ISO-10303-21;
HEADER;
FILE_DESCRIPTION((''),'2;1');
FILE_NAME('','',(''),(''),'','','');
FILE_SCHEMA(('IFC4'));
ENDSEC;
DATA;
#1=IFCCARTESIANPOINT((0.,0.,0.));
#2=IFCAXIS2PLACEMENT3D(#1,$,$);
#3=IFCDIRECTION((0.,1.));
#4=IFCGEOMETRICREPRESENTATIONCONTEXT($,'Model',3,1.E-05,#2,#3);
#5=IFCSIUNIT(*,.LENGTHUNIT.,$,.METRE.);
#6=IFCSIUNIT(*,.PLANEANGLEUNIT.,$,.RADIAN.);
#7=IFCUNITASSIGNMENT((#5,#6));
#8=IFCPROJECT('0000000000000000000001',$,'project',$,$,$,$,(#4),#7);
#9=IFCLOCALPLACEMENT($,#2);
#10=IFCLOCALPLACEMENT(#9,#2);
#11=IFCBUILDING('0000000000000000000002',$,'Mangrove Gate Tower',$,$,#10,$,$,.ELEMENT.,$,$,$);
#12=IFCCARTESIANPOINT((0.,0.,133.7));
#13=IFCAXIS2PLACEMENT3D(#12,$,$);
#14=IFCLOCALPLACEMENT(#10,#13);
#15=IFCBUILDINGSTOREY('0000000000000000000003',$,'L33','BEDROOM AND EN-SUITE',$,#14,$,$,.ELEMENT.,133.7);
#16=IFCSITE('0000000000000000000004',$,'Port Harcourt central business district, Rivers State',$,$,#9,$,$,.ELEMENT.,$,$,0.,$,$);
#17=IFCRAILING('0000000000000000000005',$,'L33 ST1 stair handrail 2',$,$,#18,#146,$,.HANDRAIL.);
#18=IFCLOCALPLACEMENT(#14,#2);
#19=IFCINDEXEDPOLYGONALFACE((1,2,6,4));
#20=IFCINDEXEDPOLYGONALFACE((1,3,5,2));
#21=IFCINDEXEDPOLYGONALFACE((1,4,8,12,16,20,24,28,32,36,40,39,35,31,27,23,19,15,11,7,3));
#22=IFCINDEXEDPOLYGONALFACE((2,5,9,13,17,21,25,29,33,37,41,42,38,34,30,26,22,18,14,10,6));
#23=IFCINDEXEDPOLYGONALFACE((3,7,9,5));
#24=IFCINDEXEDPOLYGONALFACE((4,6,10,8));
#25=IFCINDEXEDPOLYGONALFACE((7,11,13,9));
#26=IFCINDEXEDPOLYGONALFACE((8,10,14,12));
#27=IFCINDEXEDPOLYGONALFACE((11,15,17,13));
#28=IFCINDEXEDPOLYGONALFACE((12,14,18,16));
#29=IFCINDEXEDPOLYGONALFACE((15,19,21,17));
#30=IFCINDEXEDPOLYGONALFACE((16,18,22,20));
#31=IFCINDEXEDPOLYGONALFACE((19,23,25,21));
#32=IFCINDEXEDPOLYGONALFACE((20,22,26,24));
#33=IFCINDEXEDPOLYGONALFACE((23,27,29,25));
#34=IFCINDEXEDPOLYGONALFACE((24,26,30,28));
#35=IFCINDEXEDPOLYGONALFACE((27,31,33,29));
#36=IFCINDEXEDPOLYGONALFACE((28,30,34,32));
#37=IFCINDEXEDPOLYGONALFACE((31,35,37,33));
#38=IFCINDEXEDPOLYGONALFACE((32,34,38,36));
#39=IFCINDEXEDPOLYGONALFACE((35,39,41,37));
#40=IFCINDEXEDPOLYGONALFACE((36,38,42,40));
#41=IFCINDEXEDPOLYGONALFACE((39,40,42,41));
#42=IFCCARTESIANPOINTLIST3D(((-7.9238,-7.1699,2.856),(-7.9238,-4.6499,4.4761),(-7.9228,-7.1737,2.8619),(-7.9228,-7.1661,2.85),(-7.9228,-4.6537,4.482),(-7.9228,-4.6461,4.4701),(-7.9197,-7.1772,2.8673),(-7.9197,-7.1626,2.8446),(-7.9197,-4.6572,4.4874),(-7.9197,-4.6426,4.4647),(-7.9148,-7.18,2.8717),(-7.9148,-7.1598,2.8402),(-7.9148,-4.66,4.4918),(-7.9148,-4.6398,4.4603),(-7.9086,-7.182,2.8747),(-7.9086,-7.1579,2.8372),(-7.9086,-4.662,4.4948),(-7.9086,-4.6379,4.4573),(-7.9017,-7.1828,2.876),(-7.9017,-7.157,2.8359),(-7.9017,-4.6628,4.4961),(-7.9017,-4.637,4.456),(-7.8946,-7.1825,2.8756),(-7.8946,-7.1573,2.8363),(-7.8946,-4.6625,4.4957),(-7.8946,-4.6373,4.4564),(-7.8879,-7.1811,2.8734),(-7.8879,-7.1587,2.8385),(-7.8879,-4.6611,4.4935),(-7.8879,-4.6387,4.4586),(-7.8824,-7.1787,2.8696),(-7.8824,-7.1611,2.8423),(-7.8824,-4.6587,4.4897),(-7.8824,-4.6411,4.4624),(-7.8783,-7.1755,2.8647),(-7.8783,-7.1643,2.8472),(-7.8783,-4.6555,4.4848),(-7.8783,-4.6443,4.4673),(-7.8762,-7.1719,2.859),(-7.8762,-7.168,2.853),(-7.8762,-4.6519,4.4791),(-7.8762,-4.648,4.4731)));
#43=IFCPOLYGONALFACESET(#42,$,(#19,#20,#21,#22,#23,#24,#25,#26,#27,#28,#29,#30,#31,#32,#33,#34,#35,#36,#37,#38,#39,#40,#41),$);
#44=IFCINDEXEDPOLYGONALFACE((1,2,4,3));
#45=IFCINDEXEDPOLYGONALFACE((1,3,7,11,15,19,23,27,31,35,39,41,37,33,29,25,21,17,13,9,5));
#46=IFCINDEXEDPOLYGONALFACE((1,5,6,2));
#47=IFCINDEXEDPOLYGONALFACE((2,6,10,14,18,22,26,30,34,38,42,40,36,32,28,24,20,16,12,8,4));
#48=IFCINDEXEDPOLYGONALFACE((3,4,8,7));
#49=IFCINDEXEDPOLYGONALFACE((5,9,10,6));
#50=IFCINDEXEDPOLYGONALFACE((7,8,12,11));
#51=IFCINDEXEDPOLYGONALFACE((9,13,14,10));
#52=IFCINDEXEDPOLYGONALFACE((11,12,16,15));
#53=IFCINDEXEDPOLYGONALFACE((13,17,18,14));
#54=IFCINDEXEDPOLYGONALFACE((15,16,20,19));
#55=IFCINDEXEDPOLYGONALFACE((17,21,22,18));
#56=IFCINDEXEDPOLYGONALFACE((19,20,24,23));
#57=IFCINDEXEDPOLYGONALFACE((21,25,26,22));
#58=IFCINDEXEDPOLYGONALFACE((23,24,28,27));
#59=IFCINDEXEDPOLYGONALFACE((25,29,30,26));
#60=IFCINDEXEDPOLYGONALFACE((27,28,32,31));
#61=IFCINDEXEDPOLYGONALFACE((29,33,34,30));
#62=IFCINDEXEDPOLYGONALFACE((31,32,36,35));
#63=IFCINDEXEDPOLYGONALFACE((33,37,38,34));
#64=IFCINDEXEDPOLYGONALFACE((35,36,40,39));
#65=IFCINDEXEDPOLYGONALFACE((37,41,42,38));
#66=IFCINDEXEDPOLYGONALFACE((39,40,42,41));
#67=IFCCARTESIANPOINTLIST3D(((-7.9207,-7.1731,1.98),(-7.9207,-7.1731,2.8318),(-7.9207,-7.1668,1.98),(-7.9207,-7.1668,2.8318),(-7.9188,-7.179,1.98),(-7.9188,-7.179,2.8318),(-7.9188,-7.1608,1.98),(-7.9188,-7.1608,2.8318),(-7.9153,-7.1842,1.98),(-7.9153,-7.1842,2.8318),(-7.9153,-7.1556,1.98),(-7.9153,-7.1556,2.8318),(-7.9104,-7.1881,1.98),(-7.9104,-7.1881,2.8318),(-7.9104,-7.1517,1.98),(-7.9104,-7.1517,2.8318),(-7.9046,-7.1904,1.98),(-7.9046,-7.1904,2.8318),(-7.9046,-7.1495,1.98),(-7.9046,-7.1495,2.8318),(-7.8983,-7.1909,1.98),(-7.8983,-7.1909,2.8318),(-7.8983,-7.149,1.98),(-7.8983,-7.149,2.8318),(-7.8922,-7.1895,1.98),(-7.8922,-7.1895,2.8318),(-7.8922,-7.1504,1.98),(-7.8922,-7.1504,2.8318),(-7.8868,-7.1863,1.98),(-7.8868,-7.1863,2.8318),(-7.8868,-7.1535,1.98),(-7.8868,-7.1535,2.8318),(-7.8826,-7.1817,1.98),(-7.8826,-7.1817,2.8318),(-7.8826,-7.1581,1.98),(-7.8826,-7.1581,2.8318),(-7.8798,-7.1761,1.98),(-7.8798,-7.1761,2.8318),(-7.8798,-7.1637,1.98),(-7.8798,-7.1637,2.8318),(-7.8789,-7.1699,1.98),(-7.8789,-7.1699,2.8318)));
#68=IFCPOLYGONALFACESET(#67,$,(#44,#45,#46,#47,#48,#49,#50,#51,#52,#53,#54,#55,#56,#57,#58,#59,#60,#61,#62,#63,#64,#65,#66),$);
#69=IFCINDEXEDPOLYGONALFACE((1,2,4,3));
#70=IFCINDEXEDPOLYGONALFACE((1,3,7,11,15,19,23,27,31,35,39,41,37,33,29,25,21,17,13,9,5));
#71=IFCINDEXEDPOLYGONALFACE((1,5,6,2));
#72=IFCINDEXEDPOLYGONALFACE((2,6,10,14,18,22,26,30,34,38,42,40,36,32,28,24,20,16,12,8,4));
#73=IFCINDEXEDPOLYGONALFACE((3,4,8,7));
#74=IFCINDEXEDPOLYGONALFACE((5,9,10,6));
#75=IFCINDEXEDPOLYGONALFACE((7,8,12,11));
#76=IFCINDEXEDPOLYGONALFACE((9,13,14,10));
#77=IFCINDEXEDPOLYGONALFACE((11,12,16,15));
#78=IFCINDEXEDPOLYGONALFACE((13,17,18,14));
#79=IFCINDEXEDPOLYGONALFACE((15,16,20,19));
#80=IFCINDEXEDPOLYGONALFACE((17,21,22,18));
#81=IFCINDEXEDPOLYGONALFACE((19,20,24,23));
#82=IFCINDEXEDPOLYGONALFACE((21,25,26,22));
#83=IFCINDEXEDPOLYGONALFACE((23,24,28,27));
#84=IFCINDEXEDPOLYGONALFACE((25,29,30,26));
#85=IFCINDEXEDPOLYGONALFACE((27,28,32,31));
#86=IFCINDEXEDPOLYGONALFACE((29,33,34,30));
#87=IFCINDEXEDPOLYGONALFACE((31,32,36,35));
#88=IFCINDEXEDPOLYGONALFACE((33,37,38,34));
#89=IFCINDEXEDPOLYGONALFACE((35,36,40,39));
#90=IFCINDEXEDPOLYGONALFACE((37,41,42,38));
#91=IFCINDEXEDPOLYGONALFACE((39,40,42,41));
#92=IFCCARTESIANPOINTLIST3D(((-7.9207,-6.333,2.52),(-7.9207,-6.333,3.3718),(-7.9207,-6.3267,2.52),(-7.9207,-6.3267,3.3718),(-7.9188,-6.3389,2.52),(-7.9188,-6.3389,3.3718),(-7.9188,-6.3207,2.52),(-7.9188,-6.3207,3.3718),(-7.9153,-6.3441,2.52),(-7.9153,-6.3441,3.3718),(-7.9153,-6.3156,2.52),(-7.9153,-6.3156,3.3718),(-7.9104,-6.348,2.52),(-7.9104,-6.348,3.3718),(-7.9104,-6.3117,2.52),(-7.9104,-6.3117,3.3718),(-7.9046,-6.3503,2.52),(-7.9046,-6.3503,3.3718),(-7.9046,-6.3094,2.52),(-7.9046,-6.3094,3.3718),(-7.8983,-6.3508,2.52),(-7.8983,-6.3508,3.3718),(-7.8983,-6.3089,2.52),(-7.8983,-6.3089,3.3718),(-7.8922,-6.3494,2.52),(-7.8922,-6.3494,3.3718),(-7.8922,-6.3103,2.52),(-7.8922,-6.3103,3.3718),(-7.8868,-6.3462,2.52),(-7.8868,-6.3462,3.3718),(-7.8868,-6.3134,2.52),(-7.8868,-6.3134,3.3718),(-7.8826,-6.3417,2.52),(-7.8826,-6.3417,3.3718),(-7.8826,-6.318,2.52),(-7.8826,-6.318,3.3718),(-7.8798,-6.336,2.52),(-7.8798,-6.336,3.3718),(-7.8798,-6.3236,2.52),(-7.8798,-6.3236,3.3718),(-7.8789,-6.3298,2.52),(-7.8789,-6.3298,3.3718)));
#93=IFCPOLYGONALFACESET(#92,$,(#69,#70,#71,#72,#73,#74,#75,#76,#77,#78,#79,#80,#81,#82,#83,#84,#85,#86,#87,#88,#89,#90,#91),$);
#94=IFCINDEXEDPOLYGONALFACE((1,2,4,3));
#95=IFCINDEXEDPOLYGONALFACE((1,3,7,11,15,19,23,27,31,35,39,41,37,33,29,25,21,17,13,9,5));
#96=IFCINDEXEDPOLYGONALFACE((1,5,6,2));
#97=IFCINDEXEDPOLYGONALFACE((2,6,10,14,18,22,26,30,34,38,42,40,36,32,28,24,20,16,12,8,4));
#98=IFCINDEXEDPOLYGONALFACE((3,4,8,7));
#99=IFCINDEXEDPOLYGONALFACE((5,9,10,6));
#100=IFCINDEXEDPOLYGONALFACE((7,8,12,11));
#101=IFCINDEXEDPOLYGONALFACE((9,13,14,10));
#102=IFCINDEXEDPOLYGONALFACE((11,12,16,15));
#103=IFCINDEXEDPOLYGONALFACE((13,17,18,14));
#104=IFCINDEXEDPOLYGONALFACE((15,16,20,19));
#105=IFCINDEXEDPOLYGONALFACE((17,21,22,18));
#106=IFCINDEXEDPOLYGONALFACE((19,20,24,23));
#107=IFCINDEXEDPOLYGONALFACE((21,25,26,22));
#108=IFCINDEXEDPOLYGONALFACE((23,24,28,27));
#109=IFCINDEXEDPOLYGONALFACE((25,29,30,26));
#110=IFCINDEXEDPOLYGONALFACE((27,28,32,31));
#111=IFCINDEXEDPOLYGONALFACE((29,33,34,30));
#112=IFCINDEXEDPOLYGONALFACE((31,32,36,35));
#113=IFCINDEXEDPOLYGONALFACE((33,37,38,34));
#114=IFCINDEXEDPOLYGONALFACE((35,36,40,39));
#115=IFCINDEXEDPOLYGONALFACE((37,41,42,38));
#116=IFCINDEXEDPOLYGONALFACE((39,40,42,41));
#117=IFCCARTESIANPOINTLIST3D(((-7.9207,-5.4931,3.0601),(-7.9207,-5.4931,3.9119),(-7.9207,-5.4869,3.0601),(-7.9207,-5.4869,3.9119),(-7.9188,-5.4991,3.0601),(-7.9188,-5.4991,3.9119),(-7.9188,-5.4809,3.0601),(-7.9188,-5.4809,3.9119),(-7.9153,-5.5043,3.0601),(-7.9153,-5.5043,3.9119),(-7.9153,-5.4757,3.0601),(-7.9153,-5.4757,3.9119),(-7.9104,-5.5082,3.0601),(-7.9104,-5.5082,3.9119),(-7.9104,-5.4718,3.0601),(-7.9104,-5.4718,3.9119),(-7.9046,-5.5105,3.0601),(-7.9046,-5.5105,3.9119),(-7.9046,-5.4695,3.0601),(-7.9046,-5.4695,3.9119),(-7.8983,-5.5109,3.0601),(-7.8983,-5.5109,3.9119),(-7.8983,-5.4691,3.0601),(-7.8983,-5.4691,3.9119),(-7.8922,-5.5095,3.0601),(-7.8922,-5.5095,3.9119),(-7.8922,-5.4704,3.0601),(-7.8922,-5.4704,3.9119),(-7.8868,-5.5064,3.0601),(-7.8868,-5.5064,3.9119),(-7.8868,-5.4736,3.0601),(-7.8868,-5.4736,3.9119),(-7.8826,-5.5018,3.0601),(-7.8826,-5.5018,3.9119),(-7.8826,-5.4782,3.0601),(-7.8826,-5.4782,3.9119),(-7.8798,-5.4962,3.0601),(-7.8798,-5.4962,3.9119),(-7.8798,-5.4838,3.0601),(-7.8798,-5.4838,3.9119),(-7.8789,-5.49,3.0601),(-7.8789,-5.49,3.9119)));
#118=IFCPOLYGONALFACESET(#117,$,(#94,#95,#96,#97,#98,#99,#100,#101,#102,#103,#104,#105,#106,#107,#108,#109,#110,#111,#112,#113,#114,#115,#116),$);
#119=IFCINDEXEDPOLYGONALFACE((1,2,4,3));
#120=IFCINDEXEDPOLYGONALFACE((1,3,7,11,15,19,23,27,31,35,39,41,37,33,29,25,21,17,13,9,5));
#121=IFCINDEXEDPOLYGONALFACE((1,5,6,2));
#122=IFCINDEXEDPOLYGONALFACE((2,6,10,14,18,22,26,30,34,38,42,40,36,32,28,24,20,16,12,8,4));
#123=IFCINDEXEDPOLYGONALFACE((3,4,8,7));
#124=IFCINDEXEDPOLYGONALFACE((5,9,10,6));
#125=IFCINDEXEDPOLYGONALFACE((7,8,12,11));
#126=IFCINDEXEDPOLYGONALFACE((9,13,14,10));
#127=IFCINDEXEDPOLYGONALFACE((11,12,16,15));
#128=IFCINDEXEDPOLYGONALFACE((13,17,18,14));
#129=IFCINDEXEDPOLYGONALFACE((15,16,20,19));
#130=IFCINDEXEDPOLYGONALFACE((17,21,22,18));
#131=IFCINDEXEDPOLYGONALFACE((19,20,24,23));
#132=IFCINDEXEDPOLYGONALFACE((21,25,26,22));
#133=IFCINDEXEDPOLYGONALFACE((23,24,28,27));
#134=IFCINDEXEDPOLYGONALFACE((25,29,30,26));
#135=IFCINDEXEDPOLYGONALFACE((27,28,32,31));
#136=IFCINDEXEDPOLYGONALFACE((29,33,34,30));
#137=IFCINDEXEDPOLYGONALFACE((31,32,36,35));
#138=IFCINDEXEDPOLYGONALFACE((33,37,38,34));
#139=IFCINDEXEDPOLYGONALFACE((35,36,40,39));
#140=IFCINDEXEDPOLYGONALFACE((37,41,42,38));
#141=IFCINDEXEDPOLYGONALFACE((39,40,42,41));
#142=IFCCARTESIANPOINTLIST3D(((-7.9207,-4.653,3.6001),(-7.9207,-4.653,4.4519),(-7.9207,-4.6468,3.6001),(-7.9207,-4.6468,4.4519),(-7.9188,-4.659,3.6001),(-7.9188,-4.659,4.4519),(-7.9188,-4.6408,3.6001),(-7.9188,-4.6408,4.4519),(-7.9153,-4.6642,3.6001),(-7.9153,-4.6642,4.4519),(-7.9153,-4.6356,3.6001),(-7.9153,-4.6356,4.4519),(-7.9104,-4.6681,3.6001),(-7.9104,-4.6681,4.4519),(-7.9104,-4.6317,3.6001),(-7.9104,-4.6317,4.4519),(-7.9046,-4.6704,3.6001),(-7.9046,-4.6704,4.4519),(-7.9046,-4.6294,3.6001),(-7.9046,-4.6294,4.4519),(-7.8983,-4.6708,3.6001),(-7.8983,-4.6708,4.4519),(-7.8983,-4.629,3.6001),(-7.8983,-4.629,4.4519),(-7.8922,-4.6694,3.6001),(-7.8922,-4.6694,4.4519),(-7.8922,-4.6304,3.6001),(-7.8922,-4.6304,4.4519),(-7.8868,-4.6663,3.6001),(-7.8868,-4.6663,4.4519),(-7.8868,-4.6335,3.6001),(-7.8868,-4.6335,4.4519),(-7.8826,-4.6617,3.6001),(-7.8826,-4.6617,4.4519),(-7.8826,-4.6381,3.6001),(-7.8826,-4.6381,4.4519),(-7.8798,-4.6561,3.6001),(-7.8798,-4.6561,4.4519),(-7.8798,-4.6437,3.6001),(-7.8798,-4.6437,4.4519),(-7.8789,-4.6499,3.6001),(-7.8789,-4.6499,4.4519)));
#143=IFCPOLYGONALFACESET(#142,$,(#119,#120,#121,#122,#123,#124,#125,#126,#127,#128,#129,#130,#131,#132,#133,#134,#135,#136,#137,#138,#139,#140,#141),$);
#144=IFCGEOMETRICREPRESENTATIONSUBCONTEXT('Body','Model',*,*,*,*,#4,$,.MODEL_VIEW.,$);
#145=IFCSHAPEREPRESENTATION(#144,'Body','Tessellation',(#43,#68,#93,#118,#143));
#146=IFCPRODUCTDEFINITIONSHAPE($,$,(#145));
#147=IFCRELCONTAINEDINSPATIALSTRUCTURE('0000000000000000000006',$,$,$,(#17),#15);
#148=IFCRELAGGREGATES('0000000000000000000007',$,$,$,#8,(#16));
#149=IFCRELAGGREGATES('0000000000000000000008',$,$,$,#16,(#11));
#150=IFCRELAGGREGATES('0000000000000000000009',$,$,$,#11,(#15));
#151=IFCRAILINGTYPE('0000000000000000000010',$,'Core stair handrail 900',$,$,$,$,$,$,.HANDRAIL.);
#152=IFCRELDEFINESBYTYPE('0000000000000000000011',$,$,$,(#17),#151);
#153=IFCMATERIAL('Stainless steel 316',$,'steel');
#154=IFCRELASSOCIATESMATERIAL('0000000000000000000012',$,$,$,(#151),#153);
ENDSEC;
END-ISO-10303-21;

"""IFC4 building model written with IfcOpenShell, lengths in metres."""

from ifc_helpers import new_model, si_unit, direction, frame, origin, origin_2d, place, context, subcontext, project, spatial, circle, extrude, material, type_object, element, save


model = new_model("IFC4")

# Units and contexts
model_context = context("Model", 3, precision=1e-05, world=origin(), true_north=direction((0.0, 1.0)))
body_context = subcontext(model_context, "Body", "Model", "MODEL_VIEW")
ifc_project = project(units=[si_unit("LENGTHUNIT", "METRE"), si_unit("PLANEANGLEUNIT", "RADIAN")], contexts=[model_context])

# Site, building, storey
site_placement = place(None, origin())
site = spatial("IfcSite", under=ifc_project, at=site_placement, Name="Port Harcourt central business district, Rivers State", CompositionType="ELEMENT", RefElevation=0.0)
building_placement = place(site_placement, origin())
building = spatial("IfcBuilding", under=site, at=building_placement, Name="Mangrove Gate Tower", CompositionType="ELEMENT")
storey_placement = place(building_placement, frame((0.0, 0.0, 133.7)))
storey = spatial("IfcBuildingStorey", under=building, at=storey_placement, Name="L33", Description="BEDROOM AND EN-SUITE", CompositionType="ELEMENT", Elevation=133.7)

# Railing
ifc_material_1 = material(Name="Stainless steel 316", Category="steel")
railing_type_1 = type_object("IfcRailingType", Name="Core stair handrail 900", PredefinedType="HANDRAIL", material=ifc_material_1)
railing_1_placement = place(storey_placement, frame((-7.8999, -7.1699, 1.98)))
element("IfcRailing", 1, at=railing_1_placement, inside=storey, type_object=railing_type_1, Name="L33 ST1 stair handrail 2", PredefinedType="HANDRAIL", context=body_context, shape_type="SweptSolid", body=[
    extrude(circle(Radius=0.0239, at=origin_2d()), frame((0.0, 0.0, 0.876), z_axis=(0.0, 0.841163, 0.540782), x_axis=(-1.0, 0.0, 0.0)), (0.0, 0.0, 1.0), 2.9958),
    extrude(circle(Radius=0.021, at=origin_2d()), origin(), (0.0, 0.0, 1.0), 0.8518),
    extrude(circle(Radius=0.021, at=origin_2d()), frame((0.0, 0.8401, 0.54)), (0.0, 0.0, 1.0), 0.8518),
    extrude(circle(Radius=0.021, at=origin_2d()), frame((0.0, 1.6799, 1.0801)), (0.0, 0.0, 1.0), 0.8518),
    extrude(circle(Radius=0.021, at=origin_2d()), frame((0.0, 2.52, 1.6201)), (0.0, 0.0, 1.0), 0.8518),
])

save(model, "model.ifc")
